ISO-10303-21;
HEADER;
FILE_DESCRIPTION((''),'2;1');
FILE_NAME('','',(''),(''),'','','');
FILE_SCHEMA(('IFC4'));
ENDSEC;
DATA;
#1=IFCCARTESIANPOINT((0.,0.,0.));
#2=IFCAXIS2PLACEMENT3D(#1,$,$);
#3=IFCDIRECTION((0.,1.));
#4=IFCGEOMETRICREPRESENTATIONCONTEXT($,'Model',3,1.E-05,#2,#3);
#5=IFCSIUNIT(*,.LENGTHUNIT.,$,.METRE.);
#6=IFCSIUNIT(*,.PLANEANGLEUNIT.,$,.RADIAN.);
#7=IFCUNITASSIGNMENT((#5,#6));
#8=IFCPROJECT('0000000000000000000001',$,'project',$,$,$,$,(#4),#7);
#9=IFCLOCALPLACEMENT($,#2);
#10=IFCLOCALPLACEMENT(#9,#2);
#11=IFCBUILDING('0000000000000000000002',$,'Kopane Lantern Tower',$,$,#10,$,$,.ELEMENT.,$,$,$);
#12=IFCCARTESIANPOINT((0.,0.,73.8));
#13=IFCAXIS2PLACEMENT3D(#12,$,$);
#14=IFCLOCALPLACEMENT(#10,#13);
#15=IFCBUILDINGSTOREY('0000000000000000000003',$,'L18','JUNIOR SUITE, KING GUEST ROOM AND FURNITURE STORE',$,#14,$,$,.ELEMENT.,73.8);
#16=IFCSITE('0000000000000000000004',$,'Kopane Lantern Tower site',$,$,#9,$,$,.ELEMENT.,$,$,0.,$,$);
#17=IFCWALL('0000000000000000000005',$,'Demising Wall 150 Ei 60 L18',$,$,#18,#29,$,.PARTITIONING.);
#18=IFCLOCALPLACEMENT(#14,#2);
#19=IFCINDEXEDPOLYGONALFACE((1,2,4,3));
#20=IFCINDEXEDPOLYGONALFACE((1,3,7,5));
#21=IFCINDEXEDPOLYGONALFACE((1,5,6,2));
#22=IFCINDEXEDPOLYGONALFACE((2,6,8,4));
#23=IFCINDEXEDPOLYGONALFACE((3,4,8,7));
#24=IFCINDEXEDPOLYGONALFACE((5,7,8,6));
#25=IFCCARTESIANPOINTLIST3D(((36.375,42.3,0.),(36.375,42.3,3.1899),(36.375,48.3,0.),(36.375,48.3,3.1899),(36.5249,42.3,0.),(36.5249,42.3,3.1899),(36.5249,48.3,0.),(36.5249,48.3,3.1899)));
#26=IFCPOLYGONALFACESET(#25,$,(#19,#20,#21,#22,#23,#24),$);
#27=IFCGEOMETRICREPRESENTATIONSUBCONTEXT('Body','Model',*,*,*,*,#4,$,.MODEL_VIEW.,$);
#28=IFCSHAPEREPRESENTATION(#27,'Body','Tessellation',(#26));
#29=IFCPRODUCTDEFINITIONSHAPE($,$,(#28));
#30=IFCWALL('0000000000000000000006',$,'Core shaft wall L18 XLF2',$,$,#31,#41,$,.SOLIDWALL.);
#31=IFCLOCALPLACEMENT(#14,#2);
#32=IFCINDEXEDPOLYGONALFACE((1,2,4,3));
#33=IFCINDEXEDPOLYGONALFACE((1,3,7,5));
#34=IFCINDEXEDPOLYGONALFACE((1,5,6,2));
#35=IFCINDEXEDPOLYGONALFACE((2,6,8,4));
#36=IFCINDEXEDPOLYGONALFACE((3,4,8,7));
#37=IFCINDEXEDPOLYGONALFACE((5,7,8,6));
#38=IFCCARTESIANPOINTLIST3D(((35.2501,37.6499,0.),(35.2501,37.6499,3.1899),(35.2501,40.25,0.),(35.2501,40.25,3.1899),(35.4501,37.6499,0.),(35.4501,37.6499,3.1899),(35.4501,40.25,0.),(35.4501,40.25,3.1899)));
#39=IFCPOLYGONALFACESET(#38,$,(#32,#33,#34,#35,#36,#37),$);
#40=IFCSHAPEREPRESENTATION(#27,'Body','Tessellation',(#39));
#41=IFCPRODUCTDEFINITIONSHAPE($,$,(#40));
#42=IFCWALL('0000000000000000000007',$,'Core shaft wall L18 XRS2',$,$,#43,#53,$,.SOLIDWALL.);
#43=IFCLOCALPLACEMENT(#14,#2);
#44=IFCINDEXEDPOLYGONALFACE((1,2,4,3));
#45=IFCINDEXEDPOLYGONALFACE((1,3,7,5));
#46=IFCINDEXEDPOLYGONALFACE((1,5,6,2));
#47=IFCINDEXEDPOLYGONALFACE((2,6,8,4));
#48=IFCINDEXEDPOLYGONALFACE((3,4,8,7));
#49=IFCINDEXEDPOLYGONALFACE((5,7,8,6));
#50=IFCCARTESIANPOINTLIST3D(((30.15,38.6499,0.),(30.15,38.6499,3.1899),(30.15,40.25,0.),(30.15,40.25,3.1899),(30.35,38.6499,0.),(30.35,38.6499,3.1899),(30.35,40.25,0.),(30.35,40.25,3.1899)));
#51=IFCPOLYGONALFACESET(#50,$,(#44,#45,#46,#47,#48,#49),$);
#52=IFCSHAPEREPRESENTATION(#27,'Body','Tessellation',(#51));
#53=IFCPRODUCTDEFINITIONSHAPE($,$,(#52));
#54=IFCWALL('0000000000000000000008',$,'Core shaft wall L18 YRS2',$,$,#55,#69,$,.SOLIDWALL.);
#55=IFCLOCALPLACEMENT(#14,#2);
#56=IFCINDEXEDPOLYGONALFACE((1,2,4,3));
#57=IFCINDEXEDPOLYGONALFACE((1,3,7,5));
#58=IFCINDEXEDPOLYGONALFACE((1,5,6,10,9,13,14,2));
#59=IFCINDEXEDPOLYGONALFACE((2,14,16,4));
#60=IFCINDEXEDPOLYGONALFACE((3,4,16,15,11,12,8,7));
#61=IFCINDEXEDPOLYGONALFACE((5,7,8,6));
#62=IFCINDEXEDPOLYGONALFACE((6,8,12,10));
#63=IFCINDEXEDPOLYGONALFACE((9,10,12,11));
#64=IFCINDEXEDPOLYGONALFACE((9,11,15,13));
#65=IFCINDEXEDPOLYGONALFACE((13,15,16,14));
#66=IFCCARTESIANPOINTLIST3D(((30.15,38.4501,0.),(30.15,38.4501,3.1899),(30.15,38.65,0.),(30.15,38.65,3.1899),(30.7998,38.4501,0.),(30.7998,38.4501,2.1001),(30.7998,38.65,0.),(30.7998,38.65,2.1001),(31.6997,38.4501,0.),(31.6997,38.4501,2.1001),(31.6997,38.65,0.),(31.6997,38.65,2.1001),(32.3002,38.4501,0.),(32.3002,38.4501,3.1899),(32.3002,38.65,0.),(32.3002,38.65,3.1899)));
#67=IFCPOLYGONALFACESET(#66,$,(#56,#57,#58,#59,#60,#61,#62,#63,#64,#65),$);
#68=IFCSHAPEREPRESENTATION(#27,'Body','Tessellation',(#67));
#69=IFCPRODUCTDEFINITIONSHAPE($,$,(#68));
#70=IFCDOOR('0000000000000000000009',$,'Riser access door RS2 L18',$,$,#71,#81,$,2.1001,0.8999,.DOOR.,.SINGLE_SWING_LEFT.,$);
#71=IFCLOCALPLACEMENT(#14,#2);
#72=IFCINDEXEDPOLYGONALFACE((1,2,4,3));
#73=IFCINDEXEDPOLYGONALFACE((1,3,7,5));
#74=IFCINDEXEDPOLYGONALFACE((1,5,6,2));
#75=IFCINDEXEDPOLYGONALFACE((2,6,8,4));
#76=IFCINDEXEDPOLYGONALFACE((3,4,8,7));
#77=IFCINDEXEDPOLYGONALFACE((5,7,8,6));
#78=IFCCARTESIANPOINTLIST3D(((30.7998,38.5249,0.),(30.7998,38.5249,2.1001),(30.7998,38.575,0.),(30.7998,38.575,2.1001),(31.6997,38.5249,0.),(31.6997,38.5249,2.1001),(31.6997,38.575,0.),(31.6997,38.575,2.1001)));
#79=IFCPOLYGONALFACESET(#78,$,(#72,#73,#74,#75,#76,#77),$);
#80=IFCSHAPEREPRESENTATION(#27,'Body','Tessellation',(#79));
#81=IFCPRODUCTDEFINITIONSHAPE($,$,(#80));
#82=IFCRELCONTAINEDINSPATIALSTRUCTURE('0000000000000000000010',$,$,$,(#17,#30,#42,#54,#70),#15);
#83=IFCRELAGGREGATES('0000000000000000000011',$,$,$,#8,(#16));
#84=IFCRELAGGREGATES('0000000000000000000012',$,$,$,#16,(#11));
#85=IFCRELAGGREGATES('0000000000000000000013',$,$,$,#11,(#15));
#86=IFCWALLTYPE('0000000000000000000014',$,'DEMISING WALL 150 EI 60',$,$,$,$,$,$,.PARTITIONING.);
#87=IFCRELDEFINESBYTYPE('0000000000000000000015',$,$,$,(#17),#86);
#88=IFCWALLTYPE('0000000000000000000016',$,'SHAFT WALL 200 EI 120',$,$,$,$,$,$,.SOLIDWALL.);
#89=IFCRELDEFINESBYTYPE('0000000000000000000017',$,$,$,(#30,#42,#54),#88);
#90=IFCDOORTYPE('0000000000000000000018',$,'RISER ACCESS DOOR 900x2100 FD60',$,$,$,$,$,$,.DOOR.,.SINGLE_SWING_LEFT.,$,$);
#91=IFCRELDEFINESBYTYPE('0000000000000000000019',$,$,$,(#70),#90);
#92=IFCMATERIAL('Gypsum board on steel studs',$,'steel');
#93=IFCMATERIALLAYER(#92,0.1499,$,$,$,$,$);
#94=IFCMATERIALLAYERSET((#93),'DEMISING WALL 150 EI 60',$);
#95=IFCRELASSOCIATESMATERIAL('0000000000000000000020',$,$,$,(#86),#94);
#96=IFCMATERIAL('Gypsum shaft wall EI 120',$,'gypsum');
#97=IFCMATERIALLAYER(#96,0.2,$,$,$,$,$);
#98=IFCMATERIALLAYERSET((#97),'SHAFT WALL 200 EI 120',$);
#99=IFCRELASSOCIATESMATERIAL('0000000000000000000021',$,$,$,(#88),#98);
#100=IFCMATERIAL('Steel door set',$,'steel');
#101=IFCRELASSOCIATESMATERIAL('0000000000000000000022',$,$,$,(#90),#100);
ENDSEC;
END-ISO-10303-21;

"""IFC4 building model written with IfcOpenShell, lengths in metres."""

from ifc_helpers import new_model, si_unit, direction, frame, frame_2d, origin, place, context, subcontext, project, spatial, rectangle, extrude, material, layer, layer_set, type_object, element, fill, save


model = new_model("IFC4")

# Units and contexts
model_context = context("Model", 3, precision=1e-05, world=origin(), true_north=direction((0.0, 1.0)))
body_context = subcontext(model_context, "Body", "Model", "MODEL_VIEW")
ifc_project = project(units=[si_unit("LENGTHUNIT", "METRE"), si_unit("PLANEANGLEUNIT", "RADIAN")], contexts=[model_context])

# Site, building, storey
site_placement = place(None, origin())
site = spatial("IfcSite", under=ifc_project, at=site_placement, Name="Kopane Lantern Tower site", CompositionType="ELEMENT", RefElevation=0.0)
building_placement = place(site_placement, origin())
building = spatial("IfcBuilding", under=site, at=building_placement, Name="Kopane Lantern Tower", CompositionType="ELEMENT")
storey_placement = place(building_placement, frame((0.0, 0.0, 73.8)))
storey = spatial("IfcBuildingStorey", under=building, at=storey_placement, Name="L18", Description="JUNIOR SUITE, KING GUEST ROOM AND FURNITURE STORE", CompositionType="ELEMENT", Elevation=73.8)

# Walls
ifc_material_1 = material(Name="Gypsum board on steel studs", Category="steel")
ifc_layer_1 = layer(ifc_material_1, 0.1499)
ifc_layer_set_1 = layer_set([ifc_layer_1], Name="DEMISING WALL 150 EI 60")
wall_type_1 = type_object("IfcWallType", Name="DEMISING WALL 150 EI 60", PredefinedType="PARTITIONING", material=ifc_layer_set_1)
wall_1_placement = place(storey_placement, frame((36.45, 42.3, 0.0), z_axis=(0.0, 0.0, 1.0), x_axis=(0.0, 1.0, 0.0)))
element("IfcWall", 1, at=wall_1_placement, inside=storey, type_object=wall_type_1, Name="Demising Wall 150 Ei 60 L18", PredefinedType="PARTITIONING", context=body_context, shape_type="SweptSolid", body=[
    extrude(rectangle(XDim=6.0, YDim=0.1499, at=frame_2d((3.0, 0.0))), origin(), (0.0, 0.0, 1.0), 3.1899),
])
ifc_material_2 = material(Name="Gypsum shaft wall EI 120", Category="gypsum")
ifc_layer_2 = layer(ifc_material_2, 0.2)
ifc_layer_set_2 = layer_set([ifc_layer_2], Name="SHAFT WALL 200 EI 120")
wall_type_2 = type_object("IfcWallType", Name="SHAFT WALL 200 EI 120", PredefinedType="SOLIDWALL", material=ifc_layer_set_2)
wall_2_placement = place(storey_placement, frame((35.3501, 37.6499, 0.0), z_axis=(0.0, 0.0, 1.0), x_axis=(0.0, 1.0, 0.0)))
element("IfcWall", 2, at=wall_2_placement, inside=storey, type_object=wall_type_2, Name="Core shaft wall L18 XLF2", PredefinedType="SOLIDWALL", context=body_context, shape_type="SweptSolid", body=[
    extrude(rectangle(XDim=2.6001, YDim=0.2, at=frame_2d((1.3, 0.0))), origin(), (0.0, 0.0, 1.0), 3.1899),
])
wall_3_placement = place(storey_placement, frame((30.25, 38.6499, 0.0), z_axis=(0.0, 0.0, 1.0), x_axis=(0.0, 1.0, 0.0)))
element("IfcWall", 3, at=wall_3_placement, inside=storey, type_object=wall_type_2, Name="Core shaft wall L18 XRS2", PredefinedType="SOLIDWALL", context=body_context, shape_type="SweptSolid", body=[
    extrude(rectangle(XDim=1.6001, YDim=0.2, at=frame_2d((0.8, 0.0))), origin(), (0.0, 0.0, 1.0), 3.1899),
])

# Wall, opening, door
wall_4_placement = place(storey_placement, frame((30.1499, 38.55, 0.0), z_axis=(0.0, 0.0, 1.0), x_axis=(1.0, 0.0, 0.0)))
wall_4 = element("IfcWall", 4, at=wall_4_placement, inside=storey, type_object=wall_type_2, Name="Core shaft wall L18 YRS2", PredefinedType="SOLIDWALL", context=body_context, shape_type="SweptSolid", body=[
    extrude(rectangle(XDim=2.1501, YDim=0.2, at=frame_2d((1.0752, 0.0))), origin(), (0.0, 0.0, 1.0), 3.1899),
])
opening_1_placement = place(wall_4_placement, frame((0.6499, 0.0, 0.0)))
opening_1 = element("IfcOpeningElement", 5, at=opening_1_placement, cuts=wall_4, PredefinedType="OPENING", context=body_context, shape_type="SweptSolid", body=[
    extrude(rectangle(XDim=0.8999, YDim=2.1001, at=frame_2d((0.45, 1.05))), frame((0.0, 0.1099, 0.0), z_axis=(0.0, -1.0, 0.0), x_axis=(1.0, 0.0, 0.0)), (0.0, 0.0, 1.0), 0.22),
])
ifc_material_3 = material(Name="Steel door set", Category="steel")
door_type_1 = type_object("IfcDoorType", Name="RISER ACCESS DOOR 900x2100 FD60", OperationType="SINGLE_SWING_LEFT", PredefinedType="DOOR", material=ifc_material_3)
door_1_placement = place(opening_1_placement, origin())
door_1 = element("IfcDoor", 6, at=door_1_placement, inside=storey, type_object=door_type_1, Name="Riser access door RS2 L18", OperationType="SINGLE_SWING_LEFT", OverallHeight=2.1001, OverallWidth=0.8999, PredefinedType="DOOR", context=body_context, shape_type="SweptSolid", body=[
    extrude(rectangle(XDim=0.8999, YDim=2.1001, at=frame_2d((0.45, 1.05))), frame((0.0, 0.0249, 0.0), z_axis=(0.0, -1.0, 0.0), x_axis=(1.0, 0.0, 0.0)), (0.0, 0.0, 1.0), 0.05),
])
fill(opening_1, door_1)

save(model, "model.ifc")
